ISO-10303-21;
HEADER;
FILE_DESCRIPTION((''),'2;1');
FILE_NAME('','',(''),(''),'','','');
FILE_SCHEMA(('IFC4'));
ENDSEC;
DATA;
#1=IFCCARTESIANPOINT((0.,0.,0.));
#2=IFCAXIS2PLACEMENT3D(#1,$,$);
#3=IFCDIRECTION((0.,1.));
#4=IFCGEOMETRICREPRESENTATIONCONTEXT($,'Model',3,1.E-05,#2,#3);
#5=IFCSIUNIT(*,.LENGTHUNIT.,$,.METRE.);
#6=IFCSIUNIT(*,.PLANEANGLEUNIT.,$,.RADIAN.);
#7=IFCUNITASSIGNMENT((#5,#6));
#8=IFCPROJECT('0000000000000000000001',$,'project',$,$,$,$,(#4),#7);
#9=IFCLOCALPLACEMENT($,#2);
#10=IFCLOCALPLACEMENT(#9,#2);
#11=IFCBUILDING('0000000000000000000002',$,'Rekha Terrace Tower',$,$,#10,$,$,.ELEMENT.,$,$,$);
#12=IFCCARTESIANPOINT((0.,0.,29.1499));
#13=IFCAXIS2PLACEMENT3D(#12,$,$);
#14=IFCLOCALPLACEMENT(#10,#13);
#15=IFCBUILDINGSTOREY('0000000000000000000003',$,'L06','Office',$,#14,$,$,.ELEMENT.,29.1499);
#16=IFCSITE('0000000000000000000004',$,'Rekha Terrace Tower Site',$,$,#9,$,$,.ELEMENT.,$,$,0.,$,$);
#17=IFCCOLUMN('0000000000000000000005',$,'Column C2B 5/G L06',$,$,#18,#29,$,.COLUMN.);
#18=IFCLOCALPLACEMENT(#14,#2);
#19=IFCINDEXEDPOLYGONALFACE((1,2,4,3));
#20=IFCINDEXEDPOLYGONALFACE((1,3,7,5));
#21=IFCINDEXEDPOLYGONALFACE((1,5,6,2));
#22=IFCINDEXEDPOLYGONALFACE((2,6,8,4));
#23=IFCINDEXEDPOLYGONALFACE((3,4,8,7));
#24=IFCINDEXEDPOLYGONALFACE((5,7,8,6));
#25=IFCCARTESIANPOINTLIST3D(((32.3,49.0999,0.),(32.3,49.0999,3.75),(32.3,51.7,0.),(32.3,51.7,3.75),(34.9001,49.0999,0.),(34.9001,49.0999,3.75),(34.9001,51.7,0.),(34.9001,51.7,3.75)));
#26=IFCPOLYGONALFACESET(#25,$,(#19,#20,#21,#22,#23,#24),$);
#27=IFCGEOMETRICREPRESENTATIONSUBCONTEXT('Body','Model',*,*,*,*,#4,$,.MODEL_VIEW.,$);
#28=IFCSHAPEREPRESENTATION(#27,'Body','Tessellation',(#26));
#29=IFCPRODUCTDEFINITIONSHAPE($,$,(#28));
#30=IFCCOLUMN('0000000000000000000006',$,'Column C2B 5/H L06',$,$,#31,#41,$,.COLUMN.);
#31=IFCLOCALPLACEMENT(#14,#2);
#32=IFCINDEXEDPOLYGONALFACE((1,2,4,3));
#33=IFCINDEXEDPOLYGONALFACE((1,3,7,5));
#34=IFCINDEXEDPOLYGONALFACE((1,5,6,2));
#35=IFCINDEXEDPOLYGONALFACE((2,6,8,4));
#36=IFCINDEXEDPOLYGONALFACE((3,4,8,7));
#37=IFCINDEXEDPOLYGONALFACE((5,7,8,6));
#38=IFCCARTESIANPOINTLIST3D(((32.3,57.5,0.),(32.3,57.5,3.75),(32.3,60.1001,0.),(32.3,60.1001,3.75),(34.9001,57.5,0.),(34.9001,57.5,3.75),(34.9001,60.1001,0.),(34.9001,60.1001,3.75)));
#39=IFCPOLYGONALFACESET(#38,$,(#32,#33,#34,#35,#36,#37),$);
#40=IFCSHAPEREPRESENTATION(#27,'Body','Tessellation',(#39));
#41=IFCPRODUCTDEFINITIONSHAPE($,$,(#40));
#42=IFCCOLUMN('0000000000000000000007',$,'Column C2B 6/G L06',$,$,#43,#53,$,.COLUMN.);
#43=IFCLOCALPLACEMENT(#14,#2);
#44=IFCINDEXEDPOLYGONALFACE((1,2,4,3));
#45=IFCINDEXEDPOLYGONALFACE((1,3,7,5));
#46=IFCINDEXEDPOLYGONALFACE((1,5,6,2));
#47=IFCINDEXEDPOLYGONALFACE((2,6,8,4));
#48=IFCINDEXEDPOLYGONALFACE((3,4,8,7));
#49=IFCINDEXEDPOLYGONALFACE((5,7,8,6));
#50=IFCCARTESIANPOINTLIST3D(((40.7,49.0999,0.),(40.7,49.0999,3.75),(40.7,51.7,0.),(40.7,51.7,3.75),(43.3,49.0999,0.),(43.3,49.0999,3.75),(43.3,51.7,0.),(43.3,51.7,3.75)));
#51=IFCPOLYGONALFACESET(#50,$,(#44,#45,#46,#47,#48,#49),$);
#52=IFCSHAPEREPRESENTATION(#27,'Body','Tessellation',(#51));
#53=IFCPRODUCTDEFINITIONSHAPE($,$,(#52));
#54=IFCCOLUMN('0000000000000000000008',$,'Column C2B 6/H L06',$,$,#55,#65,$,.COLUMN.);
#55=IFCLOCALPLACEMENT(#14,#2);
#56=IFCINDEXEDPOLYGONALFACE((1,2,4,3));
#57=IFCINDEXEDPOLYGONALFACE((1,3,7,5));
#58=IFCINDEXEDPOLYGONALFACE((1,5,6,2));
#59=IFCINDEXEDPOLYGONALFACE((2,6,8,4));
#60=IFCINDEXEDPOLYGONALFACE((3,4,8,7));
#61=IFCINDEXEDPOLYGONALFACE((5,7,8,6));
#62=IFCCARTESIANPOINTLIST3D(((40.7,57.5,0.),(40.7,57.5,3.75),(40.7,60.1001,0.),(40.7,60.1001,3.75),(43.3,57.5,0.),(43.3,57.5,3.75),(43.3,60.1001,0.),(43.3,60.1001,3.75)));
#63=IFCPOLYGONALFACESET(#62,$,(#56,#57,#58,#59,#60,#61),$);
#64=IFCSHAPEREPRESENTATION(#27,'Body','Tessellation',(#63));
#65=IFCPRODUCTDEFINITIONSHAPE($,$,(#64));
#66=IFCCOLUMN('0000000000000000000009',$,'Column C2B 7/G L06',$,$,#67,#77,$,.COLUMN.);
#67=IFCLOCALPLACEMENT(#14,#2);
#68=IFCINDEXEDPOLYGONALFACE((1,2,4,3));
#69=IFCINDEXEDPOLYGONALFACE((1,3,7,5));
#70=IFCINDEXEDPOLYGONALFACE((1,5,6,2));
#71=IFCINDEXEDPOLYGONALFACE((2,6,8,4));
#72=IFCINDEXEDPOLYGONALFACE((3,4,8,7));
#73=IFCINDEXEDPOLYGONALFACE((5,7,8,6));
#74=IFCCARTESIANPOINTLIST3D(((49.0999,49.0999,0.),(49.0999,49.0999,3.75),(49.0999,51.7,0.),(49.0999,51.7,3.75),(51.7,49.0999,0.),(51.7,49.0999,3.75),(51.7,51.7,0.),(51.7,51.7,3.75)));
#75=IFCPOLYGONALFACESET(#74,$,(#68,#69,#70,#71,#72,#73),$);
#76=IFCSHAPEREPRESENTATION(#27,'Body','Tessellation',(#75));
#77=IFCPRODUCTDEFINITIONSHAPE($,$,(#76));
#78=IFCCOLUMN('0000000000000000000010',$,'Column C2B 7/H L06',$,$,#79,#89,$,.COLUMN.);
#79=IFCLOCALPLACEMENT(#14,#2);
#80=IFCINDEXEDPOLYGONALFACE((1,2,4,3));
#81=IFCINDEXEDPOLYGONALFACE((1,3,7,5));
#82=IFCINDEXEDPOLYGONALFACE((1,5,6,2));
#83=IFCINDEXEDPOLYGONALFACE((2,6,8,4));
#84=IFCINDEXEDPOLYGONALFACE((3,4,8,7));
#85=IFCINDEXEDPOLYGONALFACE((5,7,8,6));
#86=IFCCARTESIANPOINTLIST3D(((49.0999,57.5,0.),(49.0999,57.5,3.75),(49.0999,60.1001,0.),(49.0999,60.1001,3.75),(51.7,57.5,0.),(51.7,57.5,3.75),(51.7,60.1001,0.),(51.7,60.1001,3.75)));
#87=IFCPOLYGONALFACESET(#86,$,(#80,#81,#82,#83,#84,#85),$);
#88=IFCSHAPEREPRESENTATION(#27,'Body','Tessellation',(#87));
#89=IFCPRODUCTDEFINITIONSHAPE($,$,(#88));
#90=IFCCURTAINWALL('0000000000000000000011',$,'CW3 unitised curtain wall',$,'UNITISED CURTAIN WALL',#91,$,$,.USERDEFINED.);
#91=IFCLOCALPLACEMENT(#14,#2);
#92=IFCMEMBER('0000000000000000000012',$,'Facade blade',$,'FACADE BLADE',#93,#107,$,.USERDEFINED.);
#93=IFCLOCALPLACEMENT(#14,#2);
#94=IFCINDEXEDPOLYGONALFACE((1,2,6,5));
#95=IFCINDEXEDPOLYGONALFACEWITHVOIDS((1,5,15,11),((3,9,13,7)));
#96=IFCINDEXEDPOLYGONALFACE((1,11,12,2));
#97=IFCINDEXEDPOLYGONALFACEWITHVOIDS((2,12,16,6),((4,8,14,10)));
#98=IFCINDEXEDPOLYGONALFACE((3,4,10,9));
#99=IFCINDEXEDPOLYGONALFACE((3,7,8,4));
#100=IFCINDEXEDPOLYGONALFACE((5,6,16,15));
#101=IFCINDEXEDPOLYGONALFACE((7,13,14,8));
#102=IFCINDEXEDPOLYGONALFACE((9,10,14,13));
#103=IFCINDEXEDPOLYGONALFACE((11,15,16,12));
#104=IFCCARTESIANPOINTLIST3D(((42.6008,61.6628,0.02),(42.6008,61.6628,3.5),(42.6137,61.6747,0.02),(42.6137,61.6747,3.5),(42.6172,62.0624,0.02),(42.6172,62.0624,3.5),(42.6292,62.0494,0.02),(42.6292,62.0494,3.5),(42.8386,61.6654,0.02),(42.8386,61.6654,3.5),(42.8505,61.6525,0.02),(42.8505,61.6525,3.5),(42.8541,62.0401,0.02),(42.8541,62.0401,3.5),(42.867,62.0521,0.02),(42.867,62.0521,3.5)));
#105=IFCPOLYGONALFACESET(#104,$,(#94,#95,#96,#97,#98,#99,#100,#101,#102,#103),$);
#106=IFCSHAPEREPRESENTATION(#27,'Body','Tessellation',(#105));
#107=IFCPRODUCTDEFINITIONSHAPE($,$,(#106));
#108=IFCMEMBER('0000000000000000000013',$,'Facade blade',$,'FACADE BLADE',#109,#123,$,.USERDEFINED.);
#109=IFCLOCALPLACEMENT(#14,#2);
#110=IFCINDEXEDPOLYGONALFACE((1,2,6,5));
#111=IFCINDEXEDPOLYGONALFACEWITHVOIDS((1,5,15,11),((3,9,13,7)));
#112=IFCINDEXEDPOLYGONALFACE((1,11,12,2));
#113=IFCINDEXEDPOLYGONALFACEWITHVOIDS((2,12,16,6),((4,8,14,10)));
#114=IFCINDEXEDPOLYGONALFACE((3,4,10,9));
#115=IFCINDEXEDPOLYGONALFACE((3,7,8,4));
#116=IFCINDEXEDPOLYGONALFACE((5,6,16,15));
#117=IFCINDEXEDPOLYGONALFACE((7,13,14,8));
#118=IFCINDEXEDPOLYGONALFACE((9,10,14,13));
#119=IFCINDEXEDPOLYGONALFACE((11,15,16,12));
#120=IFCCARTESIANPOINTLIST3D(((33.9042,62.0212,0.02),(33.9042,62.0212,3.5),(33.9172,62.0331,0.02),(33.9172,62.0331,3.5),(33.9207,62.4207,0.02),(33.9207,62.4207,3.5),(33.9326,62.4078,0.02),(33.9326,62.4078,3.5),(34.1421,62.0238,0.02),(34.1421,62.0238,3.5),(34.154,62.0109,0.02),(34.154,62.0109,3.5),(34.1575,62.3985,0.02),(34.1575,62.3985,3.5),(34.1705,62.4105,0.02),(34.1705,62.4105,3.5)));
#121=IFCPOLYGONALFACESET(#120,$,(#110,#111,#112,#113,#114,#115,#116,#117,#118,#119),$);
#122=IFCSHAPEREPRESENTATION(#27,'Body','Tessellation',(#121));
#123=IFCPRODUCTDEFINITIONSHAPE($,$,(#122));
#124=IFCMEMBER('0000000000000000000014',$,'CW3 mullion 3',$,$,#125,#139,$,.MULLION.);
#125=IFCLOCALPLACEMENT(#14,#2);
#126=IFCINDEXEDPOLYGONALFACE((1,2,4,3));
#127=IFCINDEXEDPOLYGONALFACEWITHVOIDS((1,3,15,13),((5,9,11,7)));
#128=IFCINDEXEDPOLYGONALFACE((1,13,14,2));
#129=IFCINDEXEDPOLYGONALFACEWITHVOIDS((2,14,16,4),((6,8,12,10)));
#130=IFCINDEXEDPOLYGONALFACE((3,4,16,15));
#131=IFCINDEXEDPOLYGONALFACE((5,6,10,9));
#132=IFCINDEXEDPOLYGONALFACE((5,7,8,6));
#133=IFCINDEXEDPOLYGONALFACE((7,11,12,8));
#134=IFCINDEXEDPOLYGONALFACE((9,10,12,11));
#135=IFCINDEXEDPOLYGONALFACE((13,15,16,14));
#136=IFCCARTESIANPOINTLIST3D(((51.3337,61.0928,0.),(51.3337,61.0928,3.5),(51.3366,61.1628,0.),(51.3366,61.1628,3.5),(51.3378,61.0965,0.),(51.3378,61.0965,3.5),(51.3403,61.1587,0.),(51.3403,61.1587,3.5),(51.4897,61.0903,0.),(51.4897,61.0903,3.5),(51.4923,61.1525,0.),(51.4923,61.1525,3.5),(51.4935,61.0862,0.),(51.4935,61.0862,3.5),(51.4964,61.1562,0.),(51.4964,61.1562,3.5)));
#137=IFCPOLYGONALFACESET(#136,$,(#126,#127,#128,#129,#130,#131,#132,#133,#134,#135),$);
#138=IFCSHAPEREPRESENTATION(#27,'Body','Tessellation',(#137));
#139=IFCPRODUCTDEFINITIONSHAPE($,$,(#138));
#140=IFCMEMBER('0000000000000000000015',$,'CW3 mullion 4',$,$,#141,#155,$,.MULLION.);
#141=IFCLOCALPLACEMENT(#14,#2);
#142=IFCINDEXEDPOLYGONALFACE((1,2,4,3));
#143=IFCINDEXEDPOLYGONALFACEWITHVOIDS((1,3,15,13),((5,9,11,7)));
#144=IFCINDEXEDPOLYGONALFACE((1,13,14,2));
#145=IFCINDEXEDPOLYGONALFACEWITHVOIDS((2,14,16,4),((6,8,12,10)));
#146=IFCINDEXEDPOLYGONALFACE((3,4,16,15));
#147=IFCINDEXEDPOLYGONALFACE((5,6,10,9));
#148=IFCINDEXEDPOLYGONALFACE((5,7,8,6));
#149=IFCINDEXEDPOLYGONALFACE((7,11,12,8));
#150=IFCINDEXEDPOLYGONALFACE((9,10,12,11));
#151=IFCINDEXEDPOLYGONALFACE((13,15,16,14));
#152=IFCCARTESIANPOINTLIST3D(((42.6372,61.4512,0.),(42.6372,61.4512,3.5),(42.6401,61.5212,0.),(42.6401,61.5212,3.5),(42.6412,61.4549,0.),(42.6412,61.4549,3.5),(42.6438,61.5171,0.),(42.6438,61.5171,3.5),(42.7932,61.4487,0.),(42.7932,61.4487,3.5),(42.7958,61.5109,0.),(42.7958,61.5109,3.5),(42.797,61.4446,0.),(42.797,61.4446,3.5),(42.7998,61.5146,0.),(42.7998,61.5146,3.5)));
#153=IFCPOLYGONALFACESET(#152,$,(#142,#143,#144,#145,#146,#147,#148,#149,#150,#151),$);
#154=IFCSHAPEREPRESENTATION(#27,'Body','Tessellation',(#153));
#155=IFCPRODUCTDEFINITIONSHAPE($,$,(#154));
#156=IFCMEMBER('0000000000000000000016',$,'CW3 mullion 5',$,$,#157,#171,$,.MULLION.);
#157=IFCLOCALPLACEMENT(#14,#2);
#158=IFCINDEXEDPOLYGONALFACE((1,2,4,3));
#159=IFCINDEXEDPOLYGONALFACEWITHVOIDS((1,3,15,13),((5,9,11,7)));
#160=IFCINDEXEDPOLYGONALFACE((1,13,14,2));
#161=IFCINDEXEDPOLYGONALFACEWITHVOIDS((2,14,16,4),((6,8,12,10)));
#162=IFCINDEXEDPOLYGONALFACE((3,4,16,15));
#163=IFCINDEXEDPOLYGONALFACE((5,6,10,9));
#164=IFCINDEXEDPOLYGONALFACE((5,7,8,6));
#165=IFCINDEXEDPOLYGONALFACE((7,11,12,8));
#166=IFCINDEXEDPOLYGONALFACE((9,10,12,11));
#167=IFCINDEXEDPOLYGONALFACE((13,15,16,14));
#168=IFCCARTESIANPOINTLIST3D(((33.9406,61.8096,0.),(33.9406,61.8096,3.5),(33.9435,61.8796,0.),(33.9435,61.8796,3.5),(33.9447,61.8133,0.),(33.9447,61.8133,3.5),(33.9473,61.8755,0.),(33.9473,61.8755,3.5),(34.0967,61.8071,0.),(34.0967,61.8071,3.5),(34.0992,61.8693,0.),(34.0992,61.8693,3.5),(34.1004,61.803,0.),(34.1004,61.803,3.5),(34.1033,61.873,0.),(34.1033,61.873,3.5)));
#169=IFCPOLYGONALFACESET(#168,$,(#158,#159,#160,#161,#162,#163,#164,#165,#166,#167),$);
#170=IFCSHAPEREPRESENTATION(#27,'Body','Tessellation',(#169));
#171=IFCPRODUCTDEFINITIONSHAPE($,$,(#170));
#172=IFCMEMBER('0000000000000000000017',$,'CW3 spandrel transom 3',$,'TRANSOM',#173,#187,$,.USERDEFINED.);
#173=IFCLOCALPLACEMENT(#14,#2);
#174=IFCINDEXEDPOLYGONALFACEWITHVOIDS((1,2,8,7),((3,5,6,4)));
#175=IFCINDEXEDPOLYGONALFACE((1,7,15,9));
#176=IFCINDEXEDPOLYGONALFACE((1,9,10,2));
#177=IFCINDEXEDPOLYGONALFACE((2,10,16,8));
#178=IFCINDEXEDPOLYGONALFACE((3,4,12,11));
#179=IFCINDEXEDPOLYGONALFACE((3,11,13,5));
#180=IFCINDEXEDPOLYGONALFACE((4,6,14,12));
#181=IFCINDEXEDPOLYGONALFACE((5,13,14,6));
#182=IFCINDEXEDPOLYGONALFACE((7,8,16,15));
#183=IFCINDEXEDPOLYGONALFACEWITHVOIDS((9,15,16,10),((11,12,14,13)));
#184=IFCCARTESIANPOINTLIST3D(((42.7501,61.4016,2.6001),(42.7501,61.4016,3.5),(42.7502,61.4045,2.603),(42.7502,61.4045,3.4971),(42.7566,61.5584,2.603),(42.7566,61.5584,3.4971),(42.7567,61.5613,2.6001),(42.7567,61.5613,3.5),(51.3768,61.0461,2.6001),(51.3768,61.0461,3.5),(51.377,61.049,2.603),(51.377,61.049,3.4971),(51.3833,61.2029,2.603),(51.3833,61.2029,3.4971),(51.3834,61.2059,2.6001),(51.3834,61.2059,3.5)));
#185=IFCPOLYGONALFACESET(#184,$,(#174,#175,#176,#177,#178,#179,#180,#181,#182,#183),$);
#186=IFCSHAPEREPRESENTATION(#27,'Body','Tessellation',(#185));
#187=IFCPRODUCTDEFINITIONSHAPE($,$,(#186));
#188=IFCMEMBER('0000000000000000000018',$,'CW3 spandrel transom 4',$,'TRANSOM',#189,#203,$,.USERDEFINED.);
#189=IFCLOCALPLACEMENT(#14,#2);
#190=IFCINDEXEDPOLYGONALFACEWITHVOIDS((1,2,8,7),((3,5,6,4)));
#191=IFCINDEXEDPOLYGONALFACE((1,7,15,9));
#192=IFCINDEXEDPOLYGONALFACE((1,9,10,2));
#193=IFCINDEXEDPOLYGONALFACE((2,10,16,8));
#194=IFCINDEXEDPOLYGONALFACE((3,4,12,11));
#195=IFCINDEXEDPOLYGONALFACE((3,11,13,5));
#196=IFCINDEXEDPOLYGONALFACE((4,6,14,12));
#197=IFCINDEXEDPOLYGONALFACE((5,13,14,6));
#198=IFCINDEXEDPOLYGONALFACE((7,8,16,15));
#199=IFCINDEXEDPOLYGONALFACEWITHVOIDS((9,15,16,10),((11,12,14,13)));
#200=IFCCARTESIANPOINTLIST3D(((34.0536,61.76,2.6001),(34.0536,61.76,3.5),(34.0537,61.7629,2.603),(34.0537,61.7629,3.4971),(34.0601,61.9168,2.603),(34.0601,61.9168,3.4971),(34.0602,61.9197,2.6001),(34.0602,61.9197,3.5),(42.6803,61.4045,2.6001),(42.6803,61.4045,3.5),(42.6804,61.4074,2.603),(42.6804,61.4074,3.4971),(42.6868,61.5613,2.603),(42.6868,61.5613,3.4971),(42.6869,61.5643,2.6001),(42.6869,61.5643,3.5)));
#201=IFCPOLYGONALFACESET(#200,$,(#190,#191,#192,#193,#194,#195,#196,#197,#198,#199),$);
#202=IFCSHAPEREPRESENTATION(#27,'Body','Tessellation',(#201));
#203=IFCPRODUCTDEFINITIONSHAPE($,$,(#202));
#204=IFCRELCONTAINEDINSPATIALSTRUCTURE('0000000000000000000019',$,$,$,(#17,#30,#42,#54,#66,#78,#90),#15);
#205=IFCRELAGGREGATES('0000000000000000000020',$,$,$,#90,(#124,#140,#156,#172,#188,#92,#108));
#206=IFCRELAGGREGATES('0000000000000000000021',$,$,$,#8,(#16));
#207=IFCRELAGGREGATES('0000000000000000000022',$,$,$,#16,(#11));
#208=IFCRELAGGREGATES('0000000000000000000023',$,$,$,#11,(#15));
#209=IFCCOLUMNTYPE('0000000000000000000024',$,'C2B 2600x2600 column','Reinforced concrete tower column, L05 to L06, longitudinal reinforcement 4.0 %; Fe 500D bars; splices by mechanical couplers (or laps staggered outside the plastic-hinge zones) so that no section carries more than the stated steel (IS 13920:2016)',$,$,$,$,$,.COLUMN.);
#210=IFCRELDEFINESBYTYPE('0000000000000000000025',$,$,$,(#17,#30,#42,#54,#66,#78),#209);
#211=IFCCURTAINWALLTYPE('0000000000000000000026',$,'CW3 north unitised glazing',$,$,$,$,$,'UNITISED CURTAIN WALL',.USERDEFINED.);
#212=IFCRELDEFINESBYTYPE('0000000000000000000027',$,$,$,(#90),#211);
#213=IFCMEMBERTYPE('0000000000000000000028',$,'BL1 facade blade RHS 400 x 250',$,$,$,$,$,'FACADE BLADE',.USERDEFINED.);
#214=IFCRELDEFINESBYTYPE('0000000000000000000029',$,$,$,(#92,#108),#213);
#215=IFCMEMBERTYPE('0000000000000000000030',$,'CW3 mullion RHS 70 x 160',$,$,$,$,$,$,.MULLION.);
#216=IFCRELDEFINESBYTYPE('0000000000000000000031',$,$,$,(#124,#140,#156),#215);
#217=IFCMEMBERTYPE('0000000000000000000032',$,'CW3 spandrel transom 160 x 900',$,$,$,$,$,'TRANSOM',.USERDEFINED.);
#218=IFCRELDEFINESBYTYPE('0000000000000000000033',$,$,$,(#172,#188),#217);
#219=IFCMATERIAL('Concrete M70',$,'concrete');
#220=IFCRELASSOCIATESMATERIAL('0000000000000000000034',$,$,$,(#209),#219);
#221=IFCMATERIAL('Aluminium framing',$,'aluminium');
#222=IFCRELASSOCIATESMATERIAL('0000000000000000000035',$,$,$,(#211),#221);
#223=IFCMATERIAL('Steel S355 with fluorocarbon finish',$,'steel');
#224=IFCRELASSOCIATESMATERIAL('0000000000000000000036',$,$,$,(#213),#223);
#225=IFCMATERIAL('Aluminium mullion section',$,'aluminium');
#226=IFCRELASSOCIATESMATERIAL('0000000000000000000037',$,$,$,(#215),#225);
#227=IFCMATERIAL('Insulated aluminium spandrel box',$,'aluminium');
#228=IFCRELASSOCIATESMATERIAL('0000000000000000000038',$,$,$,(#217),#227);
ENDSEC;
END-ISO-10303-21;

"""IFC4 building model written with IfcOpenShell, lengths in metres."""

from ifc_helpers import new_model, si_unit, direction, frame, origin, origin_2d, place, context, subcontext, project, spatial, rectangle, hollow_rectangle, extrude, material, material_profile, profile_set, type_object, element, aggregate, save


model = new_model("IFC4")

# Units and contexts
model_context = context("Model", 3, precision=1e-05, world=origin(), true_north=direction((0.0, 1.0)))
body_context = subcontext(model_context, "Body", "Model", "MODEL_VIEW")
ifc_project = project(units=[si_unit("LENGTHUNIT", "METRE"), si_unit("PLANEANGLEUNIT", "RADIAN")], contexts=[model_context])

# Site, building, storey
site_placement = place(None, origin())
site = spatial("IfcSite", under=ifc_project, at=site_placement, Name="Rekha Terrace Tower Site", CompositionType="ELEMENT", RefElevation=0.0)
building_placement = place(site_placement, origin())
building = spatial("IfcBuilding", under=site, at=building_placement, Name="Rekha Terrace Tower", CompositionType="ELEMENT")
storey_placement = place(building_placement, frame((0.0, 0.0, 29.1499)))
storey = spatial("IfcBuildingStorey", under=building, at=storey_placement, Name="L06", Description="Office", CompositionType="ELEMENT", Elevation=29.1499)

# Columns
ifc_material_1 = material(Name="Concrete M70", Category="concrete")
ifc_material_profile_1 = material_profile(ifc_material_1, rectangle(XDim=2.6001, YDim=2.6001, at=origin_2d()), Name="RC 2600x2600")
ifc_profile_set_1 = profile_set([ifc_material_profile_1], Name="Concrete M70")
column_type = type_object("IfcColumnType", Name="C2B 2600x2600 column", Description="Reinforced concrete tower column, L05 to L06, longitudinal reinforcement 4.0 %; Fe 500D bars; splices by mechanical couplers (or laps staggered outside the plastic-hinge zones) so that no section carries more than the stated steel (IS 13920:2016)", PredefinedType="COLUMN", material=ifc_profile_set_1)
for number, where, z_axis, x_axis, name in (
    (1, (33.6001, 50.3999, 0.0), (0.0, 0.0, 1.0), (1.0, 0.0, 0.0), "Column C2B 5/G L06"),
    (2, (33.6001, 58.8, 0.0), (0.0, 0.0, 1.0), (1.0, 0.0, 0.0), "Column C2B 5/H L06"),
    (3, (42.0, 50.3999, 0.0), (0.0, 0.0, 1.0), (1.0, 0.0, 0.0), "Column C2B 6/G L06"),
    (4, (42.0, 58.8, 0.0), (0.0, 0.0, 1.0), (1.0, 0.0, 0.0), "Column C2B 6/H L06"),
    (5, (50.3999, 50.3999, 0.0), (0.0, 0.0, 1.0), (1.0, 0.0, 0.0), "Column C2B 7/G L06"),
    (6, (50.3999, 58.8, 0.0), (0.0, 0.0, 1.0), (1.0, 0.0, 0.0), "Column C2B 7/H L06"),
):
    element("IfcColumn", number, at=place(storey_placement, frame(where, z_axis=z_axis, x_axis=x_axis)), inside=storey, type_object=column_type, Name=name, PredefinedType="COLUMN", context=body_context, shape_type="SweptSolid", body=[
        extrude(rectangle(XDim=2.6001, YDim=2.6001, at=origin_2d()), origin(), (0.0, 0.0, 1.0), 3.75),
    ])

# Curtain wall, members
ifc_material_2 = material(Name="Aluminium framing", Category="aluminium")
curtain_wall_type = type_object("IfcCurtainWallType", Name="CW3 north unitised glazing", ElementType="UNITISED CURTAIN WALL", PredefinedType="USERDEFINED", material=ifc_material_2)
curtain_wall_placement = place(storey_placement, origin())
curtain_wall = element("IfcCurtainWall", 7, at=curtain_wall_placement, inside=storey, type_object=curtain_wall_type, Name="CW3 unitised curtain wall", ObjectType="UNITISED CURTAIN WALL", PredefinedType="USERDEFINED")
ifc_material_3 = material(Name="Steel S355 with fluorocarbon finish", Category="steel")
ifc_material_profile_2 = material_profile(ifc_material_3, hollow_rectangle(XDim=0.25, YDim=0.3999, WallThickness=0.0125, at=origin_2d()), Name="RHS400x250x12.5")
ifc_profile_set_2 = profile_set([ifc_material_profile_2], Name="Steel S355 with fluorocarbon finish")
member_type_1 = type_object("IfcMemberType", Name="BL1 facade blade RHS 400 x 250", ElementType="FACADE BLADE", PredefinedType="USERDEFINED", material=ifc_profile_set_2)
member_1_placement = place(storey_placement, frame((42.7339, 61.8574, 0.02), z_axis=(0.0, 0.0, 1.0), x_axis=(-0.999152, 0.041175, 0.0)))
member_1 = element("IfcMember", 8, at=member_1_placement, type_object=member_type_1, Name="Facade blade", ObjectType="FACADE BLADE", PredefinedType="USERDEFINED", context=body_context, shape_type="SweptSolid", body=[
    extrude(hollow_rectangle(XDim=0.25, YDim=0.3999, WallThickness=0.0125, at=origin_2d()), origin(), (0.0, 0.0, 1.0), 3.48),
])
member_2_placement = place(storey_placement, frame((34.0374, 62.2158, 0.02), z_axis=(0.0, 0.0, 1.0), x_axis=(-0.999152, 0.041175, 0.0)))
member_2 = element("IfcMember", 9, at=member_2_placement, type_object=member_type_1, Name="Facade blade", ObjectType="FACADE BLADE", PredefinedType="USERDEFINED", context=body_context, shape_type="SweptSolid", body=[
    extrude(hollow_rectangle(XDim=0.25, YDim=0.3999, WallThickness=0.0125, at=origin_2d()), origin(), (0.0, 0.0, 1.0), 3.48),
])
ifc_material_4 = material(Name="Aluminium mullion section", Category="aluminium")
ifc_material_profile_3 = material_profile(ifc_material_4, hollow_rectangle(XDim=0.0701, YDim=0.1599, WallThickness=0.0039, at=origin_2d()), Name="AL RHS 70x160")
ifc_profile_set_3 = profile_set([ifc_material_profile_3], Name="Aluminium mullion section")
member_type_2 = type_object("IfcMemberType", Name="CW3 mullion RHS 70 x 160", PredefinedType="MULLION", material=ifc_profile_set_3)
member_3_placement = place(storey_placement, frame((51.415, 61.1245, 0.0), z_axis=(0.0, 0.0, 1.0), x_axis=(-0.041174, -0.999152, 0.0)))
member_3 = element("IfcMember", 10, at=member_3_placement, type_object=member_type_2, Name="CW3 mullion 3", PredefinedType="MULLION", context=body_context, shape_type="SweptSolid", body=[
    extrude(hollow_rectangle(XDim=0.0701, YDim=0.1599, WallThickness=0.0039, at=origin_2d()), origin(), (0.0, 0.0, 1.0), 3.5),
])
member_4_placement = place(storey_placement, frame((42.7185, 61.4829, 0.0), z_axis=(0.0, 0.0, 1.0), x_axis=(-0.041174, -0.999152, 0.0)))
member_4 = element("IfcMember", 11, at=member_4_placement, type_object=member_type_2, Name="CW3 mullion 4", PredefinedType="MULLION", context=body_context, shape_type="SweptSolid", body=[
    extrude(hollow_rectangle(XDim=0.0701, YDim=0.1599, WallThickness=0.0039, at=origin_2d()), origin(), (0.0, 0.0, 1.0), 3.5),
])
member_5_placement = place(storey_placement, frame((34.022, 61.8413, 0.0), z_axis=(0.0, 0.0, 1.0), x_axis=(-0.041174, -0.999152, 0.0)))
member_5 = element("IfcMember", 12, at=member_5_placement, type_object=member_type_2, Name="CW3 mullion 5", PredefinedType="MULLION", context=body_context, shape_type="SweptSolid", body=[
    extrude(hollow_rectangle(XDim=0.0701, YDim=0.1599, WallThickness=0.0039, at=origin_2d()), origin(), (0.0, 0.0, 1.0), 3.5),
])
ifc_material_5 = material(Name="Insulated aluminium spandrel box", Category="aluminium")
ifc_material_profile_4 = material_profile(ifc_material_5, hollow_rectangle(XDim=0.1599, YDim=0.8999, WallThickness=0.0029, at=origin_2d()), Name="AL SPANDREL BOX 160x900")
ifc_profile_set_4 = profile_set([ifc_material_profile_4], Name="Insulated aluminium spandrel box")
member_type_3 = type_object("IfcMemberType", Name="CW3 spandrel transom 160 x 900", ElementType="TRANSOM", PredefinedType="USERDEFINED", material=ifc_profile_set_4)
member_6_placement = place(storey_placement, frame((51.3801, 61.126, 3.05), z_axis=(-0.999152, 0.041171, 0.0), x_axis=(-0.041171, -0.999152, 0.0)))
member_6 = element("IfcMember", 13, at=member_6_placement, type_object=member_type_3, Name="CW3 spandrel transom 3", ObjectType="TRANSOM", PredefinedType="USERDEFINED", context=body_context, shape_type="SweptSolid", body=[
    extrude(hollow_rectangle(XDim=0.1599, YDim=0.8999, WallThickness=0.0029, at=origin_2d()), origin(), (0.0, 0.0, 1.0), 8.634),
])
member_7_placement = place(storey_placement, frame((42.6836, 61.4844, 3.05), z_axis=(-0.999152, 0.041171, 0.0), x_axis=(-0.041171, -0.999152, 0.0)))
member_7 = element("IfcMember", 14, at=member_7_placement, type_object=member_type_3, Name="CW3 spandrel transom 4", ObjectType="TRANSOM", PredefinedType="USERDEFINED", context=body_context, shape_type="SweptSolid", body=[
    extrude(hollow_rectangle(XDim=0.1599, YDim=0.8999, WallThickness=0.0029, at=origin_2d()), origin(), (0.0, 0.0, 1.0), 8.634),
])

aggregate(curtain_wall, [member_3, member_4, member_5, member_6, member_7, member_1, member_2])

save(model, "model.ifc")
